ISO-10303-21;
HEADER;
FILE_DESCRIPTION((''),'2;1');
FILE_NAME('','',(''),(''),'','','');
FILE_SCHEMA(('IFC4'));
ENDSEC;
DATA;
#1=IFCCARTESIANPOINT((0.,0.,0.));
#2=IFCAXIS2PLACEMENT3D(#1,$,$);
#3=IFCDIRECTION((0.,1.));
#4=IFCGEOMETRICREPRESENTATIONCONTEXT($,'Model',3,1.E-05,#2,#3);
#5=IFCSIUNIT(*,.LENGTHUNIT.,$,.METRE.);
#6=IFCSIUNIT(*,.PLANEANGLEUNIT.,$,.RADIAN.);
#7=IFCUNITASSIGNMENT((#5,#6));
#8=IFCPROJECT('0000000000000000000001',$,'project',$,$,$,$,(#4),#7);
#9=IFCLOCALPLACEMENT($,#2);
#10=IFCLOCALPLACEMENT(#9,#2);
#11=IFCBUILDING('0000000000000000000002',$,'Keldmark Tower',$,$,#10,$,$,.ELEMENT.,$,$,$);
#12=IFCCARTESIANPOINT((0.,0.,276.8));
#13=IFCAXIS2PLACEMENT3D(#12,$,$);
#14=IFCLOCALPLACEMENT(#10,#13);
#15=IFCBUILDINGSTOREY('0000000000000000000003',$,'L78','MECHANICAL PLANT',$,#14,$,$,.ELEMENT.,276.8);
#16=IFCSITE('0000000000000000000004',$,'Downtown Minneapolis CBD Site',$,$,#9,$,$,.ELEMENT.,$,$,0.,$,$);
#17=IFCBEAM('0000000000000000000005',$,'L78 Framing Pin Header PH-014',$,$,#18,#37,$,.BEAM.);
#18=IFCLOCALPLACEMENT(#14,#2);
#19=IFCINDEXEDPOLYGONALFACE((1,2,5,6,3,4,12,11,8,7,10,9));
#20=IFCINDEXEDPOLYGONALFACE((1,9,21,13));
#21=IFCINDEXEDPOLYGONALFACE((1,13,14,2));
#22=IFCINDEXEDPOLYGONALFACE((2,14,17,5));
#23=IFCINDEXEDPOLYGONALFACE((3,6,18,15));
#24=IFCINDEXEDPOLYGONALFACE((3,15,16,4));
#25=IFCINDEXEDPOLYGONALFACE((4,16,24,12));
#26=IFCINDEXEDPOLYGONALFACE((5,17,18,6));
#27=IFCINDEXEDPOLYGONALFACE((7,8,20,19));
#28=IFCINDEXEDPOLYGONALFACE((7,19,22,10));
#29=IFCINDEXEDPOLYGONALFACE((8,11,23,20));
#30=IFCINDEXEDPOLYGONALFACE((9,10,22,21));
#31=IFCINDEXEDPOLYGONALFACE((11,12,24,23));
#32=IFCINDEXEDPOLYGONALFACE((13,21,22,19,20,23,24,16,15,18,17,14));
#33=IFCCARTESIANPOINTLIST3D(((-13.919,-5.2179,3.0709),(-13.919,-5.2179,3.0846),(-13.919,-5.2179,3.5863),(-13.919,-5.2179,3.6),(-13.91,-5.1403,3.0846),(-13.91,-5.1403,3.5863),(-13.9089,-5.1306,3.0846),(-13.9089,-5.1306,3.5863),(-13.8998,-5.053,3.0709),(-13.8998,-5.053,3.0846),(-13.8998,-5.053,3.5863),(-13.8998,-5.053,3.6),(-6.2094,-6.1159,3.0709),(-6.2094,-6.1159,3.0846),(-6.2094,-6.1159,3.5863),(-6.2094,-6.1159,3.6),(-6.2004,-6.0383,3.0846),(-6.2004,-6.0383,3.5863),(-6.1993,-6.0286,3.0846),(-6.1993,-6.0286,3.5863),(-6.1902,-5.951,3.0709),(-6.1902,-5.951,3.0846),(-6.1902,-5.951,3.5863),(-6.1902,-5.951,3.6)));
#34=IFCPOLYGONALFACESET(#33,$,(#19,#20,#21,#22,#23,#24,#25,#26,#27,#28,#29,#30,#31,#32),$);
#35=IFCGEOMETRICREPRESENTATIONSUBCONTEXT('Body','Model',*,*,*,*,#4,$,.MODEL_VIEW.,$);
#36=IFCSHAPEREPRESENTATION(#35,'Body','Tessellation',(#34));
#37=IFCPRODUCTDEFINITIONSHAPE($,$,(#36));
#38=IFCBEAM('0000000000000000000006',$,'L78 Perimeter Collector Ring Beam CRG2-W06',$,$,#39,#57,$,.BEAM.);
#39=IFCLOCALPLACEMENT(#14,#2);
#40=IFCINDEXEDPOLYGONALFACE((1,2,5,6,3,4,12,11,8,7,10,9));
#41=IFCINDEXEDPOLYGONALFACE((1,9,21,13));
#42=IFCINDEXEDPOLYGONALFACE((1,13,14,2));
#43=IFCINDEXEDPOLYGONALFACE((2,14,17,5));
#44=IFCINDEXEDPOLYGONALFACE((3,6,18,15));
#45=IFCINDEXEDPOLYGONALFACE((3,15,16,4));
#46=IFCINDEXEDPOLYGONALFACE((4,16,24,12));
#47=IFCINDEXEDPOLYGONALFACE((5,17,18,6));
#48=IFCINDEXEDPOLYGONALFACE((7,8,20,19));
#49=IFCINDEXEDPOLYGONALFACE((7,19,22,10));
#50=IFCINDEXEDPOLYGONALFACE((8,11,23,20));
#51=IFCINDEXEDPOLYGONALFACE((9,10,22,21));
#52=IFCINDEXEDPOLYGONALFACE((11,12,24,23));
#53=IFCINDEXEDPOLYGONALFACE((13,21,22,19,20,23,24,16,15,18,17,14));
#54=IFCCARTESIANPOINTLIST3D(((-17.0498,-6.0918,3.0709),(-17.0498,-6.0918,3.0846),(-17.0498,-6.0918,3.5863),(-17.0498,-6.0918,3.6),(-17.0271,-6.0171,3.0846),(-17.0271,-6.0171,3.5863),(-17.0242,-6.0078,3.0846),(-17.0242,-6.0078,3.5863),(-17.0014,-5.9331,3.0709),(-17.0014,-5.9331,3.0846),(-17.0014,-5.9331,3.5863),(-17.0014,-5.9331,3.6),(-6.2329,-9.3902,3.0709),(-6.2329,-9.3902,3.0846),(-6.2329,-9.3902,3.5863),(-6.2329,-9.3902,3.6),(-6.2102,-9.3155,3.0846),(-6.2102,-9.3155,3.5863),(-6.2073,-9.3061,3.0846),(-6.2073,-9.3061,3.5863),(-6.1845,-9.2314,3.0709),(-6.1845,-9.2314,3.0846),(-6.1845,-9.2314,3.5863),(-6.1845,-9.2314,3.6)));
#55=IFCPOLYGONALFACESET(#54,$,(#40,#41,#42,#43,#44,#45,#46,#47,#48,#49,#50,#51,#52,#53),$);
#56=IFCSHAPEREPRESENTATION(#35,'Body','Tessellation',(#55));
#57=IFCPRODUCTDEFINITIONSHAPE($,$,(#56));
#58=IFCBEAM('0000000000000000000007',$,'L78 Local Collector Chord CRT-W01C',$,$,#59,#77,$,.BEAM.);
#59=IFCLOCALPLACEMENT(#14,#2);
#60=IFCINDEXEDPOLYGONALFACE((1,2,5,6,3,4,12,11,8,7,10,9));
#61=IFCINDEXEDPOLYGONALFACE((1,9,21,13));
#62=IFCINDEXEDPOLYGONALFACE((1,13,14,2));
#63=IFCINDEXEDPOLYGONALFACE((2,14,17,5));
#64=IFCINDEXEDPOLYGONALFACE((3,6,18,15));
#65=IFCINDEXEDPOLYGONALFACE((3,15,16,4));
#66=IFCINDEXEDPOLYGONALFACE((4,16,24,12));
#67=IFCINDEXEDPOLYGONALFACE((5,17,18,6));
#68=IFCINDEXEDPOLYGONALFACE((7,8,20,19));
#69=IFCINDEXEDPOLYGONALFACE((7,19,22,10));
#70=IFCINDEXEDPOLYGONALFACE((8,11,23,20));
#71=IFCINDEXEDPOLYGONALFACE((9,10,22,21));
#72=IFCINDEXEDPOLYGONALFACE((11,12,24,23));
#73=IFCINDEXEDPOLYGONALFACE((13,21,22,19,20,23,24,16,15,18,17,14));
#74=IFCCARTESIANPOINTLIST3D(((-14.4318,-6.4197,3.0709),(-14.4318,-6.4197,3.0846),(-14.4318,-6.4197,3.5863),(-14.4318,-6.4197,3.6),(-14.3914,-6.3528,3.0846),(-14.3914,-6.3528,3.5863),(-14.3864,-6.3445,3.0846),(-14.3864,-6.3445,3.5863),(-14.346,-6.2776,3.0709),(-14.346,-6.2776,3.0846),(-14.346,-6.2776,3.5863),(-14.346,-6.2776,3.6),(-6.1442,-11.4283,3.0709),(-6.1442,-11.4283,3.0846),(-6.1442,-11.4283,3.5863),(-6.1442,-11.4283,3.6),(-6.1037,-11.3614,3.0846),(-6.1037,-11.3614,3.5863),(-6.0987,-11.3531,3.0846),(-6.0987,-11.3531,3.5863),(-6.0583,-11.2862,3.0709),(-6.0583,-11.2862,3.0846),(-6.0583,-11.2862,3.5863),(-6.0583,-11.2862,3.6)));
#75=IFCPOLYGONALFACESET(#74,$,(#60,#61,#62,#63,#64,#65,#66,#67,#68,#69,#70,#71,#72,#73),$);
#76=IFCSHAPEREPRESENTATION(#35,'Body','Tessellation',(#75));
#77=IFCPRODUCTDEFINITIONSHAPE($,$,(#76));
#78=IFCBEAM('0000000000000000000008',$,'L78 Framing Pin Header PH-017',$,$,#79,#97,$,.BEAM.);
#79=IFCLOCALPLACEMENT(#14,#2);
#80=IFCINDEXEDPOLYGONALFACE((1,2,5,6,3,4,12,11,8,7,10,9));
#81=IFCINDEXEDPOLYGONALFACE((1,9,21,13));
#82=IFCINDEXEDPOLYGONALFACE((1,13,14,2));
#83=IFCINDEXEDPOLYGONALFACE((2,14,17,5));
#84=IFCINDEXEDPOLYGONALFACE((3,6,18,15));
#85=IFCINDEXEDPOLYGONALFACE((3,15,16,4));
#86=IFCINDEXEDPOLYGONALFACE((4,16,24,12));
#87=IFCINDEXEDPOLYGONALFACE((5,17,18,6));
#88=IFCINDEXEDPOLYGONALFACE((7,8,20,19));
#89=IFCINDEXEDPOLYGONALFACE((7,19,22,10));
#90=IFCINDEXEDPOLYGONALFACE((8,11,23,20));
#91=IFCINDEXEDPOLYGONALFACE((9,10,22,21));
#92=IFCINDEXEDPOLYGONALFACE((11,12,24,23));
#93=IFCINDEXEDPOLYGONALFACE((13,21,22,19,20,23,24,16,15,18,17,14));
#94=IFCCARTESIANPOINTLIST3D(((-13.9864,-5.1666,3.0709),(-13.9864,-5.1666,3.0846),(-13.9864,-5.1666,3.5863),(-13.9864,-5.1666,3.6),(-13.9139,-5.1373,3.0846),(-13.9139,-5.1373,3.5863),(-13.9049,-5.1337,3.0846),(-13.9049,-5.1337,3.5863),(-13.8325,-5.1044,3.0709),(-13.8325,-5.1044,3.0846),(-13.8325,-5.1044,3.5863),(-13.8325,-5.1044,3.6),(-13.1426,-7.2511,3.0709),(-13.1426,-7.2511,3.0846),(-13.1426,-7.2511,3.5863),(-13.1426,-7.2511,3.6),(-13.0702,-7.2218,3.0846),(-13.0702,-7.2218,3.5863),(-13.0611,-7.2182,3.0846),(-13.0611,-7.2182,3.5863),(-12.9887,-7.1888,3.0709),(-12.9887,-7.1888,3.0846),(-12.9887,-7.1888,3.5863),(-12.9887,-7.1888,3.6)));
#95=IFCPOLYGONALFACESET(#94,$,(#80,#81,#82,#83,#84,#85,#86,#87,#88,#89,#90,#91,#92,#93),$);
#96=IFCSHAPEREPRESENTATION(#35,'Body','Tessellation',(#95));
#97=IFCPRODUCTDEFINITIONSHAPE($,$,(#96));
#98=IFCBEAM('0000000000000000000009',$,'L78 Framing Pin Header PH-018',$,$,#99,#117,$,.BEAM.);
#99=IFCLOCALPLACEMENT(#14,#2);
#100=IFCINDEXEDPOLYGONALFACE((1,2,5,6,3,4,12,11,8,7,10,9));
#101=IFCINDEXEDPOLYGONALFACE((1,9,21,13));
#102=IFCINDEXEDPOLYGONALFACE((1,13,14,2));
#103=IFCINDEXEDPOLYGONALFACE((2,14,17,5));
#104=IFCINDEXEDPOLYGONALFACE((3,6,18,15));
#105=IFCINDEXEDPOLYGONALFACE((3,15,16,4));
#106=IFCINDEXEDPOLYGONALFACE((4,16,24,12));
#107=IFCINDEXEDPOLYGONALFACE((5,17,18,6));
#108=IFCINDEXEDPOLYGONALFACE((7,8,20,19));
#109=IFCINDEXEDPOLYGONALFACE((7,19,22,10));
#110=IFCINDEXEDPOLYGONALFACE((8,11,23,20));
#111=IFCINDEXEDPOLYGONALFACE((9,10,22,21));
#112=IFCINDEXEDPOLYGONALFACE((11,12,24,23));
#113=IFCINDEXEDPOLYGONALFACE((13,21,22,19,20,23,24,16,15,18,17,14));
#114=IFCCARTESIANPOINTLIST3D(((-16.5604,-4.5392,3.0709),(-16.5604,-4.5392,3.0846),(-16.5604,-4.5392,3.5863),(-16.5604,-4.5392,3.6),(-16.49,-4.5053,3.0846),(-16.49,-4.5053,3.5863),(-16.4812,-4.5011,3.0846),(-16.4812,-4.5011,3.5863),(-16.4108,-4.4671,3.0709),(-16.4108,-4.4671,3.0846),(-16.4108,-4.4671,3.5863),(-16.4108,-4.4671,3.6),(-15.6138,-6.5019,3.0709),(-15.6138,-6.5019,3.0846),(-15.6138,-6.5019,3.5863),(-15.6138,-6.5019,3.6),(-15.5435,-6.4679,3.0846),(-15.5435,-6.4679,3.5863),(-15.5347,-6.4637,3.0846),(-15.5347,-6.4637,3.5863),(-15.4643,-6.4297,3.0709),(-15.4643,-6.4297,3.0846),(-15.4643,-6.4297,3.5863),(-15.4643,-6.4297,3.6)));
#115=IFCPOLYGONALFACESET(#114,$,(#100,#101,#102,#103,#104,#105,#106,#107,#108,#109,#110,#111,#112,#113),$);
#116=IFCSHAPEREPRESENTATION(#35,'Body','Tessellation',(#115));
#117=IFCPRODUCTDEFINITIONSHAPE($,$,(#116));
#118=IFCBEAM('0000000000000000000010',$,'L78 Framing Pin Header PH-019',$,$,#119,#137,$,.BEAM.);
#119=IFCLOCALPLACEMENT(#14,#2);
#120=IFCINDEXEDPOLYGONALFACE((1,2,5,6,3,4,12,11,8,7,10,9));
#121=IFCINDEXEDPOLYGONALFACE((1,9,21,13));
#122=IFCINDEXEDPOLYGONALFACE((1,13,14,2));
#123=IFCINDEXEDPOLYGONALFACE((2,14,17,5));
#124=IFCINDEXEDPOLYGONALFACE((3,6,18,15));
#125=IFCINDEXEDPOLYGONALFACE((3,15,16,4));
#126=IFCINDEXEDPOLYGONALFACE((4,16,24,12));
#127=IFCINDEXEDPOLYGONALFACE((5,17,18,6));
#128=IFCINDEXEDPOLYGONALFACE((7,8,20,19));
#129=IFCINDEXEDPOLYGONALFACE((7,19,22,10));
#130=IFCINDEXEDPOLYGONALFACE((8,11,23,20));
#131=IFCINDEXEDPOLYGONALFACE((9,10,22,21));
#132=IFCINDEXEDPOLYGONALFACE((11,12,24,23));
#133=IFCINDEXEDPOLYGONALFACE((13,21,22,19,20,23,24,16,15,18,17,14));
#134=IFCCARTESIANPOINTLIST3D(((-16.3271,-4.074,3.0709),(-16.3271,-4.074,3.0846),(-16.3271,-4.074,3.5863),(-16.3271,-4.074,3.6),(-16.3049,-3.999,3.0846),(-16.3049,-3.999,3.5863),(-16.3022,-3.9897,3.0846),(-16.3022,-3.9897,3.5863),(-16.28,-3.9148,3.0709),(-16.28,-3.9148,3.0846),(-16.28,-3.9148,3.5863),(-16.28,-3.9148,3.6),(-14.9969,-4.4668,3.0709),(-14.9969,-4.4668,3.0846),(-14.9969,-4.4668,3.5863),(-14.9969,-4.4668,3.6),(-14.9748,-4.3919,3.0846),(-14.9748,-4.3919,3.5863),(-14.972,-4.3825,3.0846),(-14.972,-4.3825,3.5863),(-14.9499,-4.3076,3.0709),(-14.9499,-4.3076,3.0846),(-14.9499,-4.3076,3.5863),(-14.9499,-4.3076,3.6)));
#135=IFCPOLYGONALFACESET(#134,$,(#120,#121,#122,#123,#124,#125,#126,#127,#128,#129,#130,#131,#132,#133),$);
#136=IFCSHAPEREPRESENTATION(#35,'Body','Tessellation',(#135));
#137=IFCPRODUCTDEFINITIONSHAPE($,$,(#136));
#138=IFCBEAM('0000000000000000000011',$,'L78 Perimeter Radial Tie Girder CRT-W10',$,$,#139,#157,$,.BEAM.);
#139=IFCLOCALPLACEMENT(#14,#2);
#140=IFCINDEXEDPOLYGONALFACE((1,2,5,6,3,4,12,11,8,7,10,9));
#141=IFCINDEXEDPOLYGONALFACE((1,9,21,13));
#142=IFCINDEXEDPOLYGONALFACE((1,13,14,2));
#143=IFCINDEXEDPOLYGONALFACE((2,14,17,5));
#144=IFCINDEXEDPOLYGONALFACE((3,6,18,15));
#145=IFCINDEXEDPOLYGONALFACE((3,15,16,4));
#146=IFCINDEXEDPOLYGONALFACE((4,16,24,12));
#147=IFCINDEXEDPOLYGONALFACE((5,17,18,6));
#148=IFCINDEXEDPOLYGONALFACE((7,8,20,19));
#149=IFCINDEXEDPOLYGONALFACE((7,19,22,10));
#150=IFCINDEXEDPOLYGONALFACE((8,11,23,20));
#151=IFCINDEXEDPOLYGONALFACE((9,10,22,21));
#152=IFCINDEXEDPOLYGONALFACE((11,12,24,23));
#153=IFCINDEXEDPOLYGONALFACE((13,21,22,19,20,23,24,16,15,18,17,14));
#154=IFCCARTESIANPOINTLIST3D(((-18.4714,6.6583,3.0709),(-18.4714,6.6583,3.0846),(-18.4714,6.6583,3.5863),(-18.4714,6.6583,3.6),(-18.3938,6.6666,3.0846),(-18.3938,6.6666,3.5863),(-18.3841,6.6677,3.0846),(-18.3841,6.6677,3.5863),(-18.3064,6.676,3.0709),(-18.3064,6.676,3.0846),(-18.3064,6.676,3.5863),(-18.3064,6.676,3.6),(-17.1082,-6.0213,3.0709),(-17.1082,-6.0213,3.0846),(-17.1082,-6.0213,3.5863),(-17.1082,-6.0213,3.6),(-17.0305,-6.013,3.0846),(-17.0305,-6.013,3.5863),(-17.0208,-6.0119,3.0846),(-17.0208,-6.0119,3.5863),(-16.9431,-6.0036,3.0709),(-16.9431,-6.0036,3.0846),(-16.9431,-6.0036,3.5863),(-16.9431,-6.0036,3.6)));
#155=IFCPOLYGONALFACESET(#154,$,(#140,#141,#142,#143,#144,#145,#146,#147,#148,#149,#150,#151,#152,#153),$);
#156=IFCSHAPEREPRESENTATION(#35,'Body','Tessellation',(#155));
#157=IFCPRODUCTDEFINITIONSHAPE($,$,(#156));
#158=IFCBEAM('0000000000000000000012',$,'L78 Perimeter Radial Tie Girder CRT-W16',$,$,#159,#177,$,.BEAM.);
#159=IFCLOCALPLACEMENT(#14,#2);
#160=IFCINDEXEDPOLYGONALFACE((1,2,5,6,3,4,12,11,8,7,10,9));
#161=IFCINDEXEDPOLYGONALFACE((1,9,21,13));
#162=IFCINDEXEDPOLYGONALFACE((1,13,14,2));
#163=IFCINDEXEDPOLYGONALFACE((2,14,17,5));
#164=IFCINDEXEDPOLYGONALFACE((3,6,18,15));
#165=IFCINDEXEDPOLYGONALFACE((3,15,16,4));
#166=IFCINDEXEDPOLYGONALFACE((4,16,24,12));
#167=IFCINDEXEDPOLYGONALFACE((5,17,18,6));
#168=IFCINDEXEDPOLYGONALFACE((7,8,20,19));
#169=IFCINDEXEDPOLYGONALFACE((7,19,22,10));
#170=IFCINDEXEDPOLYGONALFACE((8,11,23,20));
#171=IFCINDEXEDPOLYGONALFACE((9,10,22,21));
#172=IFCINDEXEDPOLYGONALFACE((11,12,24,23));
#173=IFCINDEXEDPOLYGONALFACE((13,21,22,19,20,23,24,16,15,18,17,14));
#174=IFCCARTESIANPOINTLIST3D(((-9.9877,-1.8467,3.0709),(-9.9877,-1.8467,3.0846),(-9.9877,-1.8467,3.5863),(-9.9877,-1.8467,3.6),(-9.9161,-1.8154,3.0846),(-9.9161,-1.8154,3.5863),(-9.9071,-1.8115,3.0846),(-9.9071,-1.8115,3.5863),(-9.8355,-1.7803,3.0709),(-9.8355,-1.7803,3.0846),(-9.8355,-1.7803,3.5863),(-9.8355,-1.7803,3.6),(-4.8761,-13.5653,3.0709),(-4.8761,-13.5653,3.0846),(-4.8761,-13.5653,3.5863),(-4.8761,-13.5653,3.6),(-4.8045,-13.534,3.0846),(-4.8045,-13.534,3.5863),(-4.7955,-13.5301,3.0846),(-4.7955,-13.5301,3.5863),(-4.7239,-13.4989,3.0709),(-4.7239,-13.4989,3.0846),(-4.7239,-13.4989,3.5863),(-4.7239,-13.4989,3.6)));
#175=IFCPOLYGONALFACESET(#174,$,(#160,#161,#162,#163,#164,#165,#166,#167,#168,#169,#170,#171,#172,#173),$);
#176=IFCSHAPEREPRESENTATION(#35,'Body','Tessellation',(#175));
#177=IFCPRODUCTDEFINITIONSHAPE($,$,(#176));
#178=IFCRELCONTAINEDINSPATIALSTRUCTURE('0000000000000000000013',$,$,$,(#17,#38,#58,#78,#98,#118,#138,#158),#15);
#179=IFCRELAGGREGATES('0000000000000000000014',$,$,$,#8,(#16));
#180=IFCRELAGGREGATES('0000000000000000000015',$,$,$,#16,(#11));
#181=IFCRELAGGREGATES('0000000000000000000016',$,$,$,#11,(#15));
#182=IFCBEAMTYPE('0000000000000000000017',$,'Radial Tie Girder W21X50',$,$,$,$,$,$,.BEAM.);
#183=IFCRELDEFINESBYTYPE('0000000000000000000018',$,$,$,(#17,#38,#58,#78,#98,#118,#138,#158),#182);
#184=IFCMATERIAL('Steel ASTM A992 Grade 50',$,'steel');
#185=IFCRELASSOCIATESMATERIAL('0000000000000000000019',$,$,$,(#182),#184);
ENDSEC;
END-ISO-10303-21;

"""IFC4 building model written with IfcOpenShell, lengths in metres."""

from ifc_helpers import new_model, si_unit, direction, frame, origin, origin_2d, place, context, subcontext, project, spatial, i_section, extrude, material, material_profile, profile_set, type_object, element, save


model = new_model("IFC4")

# Units and contexts
model_context = context("Model", 3, precision=1e-05, world=origin(), true_north=direction((0.0, 1.0)))
body_context = subcontext(model_context, "Body", "Model", "MODEL_VIEW")
ifc_project = project(units=[si_unit("LENGTHUNIT", "METRE"), si_unit("PLANEANGLEUNIT", "RADIAN")], contexts=[model_context])

# Site, building, storey
site_placement = place(None, origin())
site = spatial("IfcSite", under=ifc_project, at=site_placement, Name="Downtown Minneapolis CBD Site", CompositionType="ELEMENT", RefElevation=0.0)
building_placement = place(site_placement, origin())
building = spatial("IfcBuilding", under=site, at=building_placement, Name="Keldmark Tower", CompositionType="ELEMENT")
storey_placement = place(building_placement, frame((0.0, 0.0, 276.8)))
storey = spatial("IfcBuildingStorey", under=building, at=storey_placement, Name="L78", Description="MECHANICAL PLANT", CompositionType="ELEMENT", Elevation=276.8)

# Beams
ifc_material_1 = material(Name="Steel ASTM A992 Grade 50", Category="steel")
ifc_material_profile_1 = material_profile(ifc_material_1, i_section(OverallWidth=0.166, OverallDepth=0.5291, WebThickness=0.0098, FlangeThickness=0.0137, at=origin_2d()), Name="W21X50")
ifc_profile_set_1 = profile_set([ifc_material_profile_1], Name="Steel ASTM A992 Grade 50")
beam_type_1 = type_object("IfcBeamType", Name="Radial Tie Girder W21X50", PredefinedType="BEAM", material=ifc_profile_set_1)
beam_1_placement = place(storey_placement, frame((-13.9094, -5.1355, 3.3354), z_axis=(0.993286, -0.115688, 0.0), x_axis=(0.115688, 0.993286, 0.0)))
element("IfcBeam", 1, at=beam_1_placement, inside=storey, type_object=beam_type_1, Name="L78 Framing Pin Header PH-014", PredefinedType="BEAM", context=body_context, shape_type="SweptSolid", body=[
    extrude(i_section(OverallWidth=0.166, OverallDepth=0.5291, WebThickness=0.0098, FlangeThickness=0.0137, at=origin_2d()), origin(), (0.0, 0.0, 1.0), 7.7617),
])
beam_2_placement = place(storey_placement, frame((-17.0256, -6.0125, 3.3354), z_axis=(0.95652, -0.291667, 0.0), x_axis=(0.291667, 0.95652, 0.0)))
element("IfcBeam", 2, at=beam_2_placement, inside=storey, type_object=beam_type_1, Name="L78 Perimeter Collector Ring Beam CRG2-W06", PredefinedType="BEAM", context=body_context, shape_type="SweptSolid", body=[
    extrude(i_section(OverallWidth=0.166, OverallDepth=0.5291, WebThickness=0.0098, FlangeThickness=0.0137, at=origin_2d()), origin(), (0.0, 0.0, 1.0), 11.3086),
])
beam_3_placement = place(storey_placement, frame((-14.3889, -6.3486, 3.3354), z_axis=(0.855849, -0.517226, 0.0), x_axis=(0.517226, 0.855849, 0.0)))
element("IfcBeam", 3, at=beam_3_placement, inside=storey, type_object=beam_type_1, Name="L78 Local Collector Chord CRT-W01C", PredefinedType="BEAM", context=body_context, shape_type="SweptSolid", body=[
    extrude(i_section(OverallWidth=0.166, OverallDepth=0.5291, WebThickness=0.0098, FlangeThickness=0.0137, at=origin_2d()), origin(), (0.0, 0.0, 1.0), 9.6836),
])
beam_4_placement = place(storey_placement, frame((-13.9094, -5.1355, 3.3354), z_axis=(0.375206, -0.926941, 0.0), x_axis=(0.926941, 0.375206, 0.0)))
element("IfcBeam", 4, at=beam_4_placement, inside=storey, type_object=beam_type_1, Name="L78 Framing Pin Header PH-017", PredefinedType="BEAM", context=body_context, shape_type="SweptSolid", body=[
    extrude(i_section(OverallWidth=0.166, OverallDepth=0.5291, WebThickness=0.0098, FlangeThickness=0.0137, at=origin_2d()), origin(), (0.0, 0.0, 1.0), 2.2488),
])
beam_5_placement = place(storey_placement, frame((-16.4856, -4.5032, 3.3354), z_axis=(0.434395, -0.900722, 0.0), x_axis=(0.900722, 0.434395, 0.0)))
element("IfcBeam", 5, at=beam_5_placement, inside=storey, type_object=beam_type_1, Name="L78 Framing Pin Header PH-018", PredefinedType="BEAM", context=body_context, shape_type="SweptSolid", body=[
    extrude(i_section(OverallWidth=0.166, OverallDepth=0.5291, WebThickness=0.0098, FlangeThickness=0.0137, at=origin_2d()), origin(), (0.0, 0.0, 1.0), 2.179),
])
beam_6_placement = place(storey_placement, frame((-14.9734, -4.3872, 3.3354), z_axis=(-0.959048, 0.283243, 0.0), x_axis=(-0.283243, -0.959048, 0.0)))
element("IfcBeam", 6, at=beam_6_placement, inside=storey, type_object=beam_type_1, Name="L78 Framing Pin Header PH-019", PredefinedType="BEAM", context=body_context, shape_type="SweptSolid", body=[
    extrude(i_section(OverallWidth=0.166, OverallDepth=0.5291, WebThickness=0.0098, FlangeThickness=0.0137, at=origin_2d()), origin(), (0.0, 0.0, 1.0), 1.387),
])
beam_7_placement = place(storey_placement, frame((-17.0256, -6.0125, 3.3354), z_axis=(-0.106901, 0.99427, 0.0), x_axis=(-0.99427, -0.106901, 0.0)))
element("IfcBeam", 7, at=beam_7_placement, inside=storey, type_object=beam_type_1, Name="L78 Perimeter Radial Tie Girder CRT-W10", PredefinedType="BEAM", context=body_context, shape_type="SweptSolid", body=[
    extrude(i_section(OverallWidth=0.166, OverallDepth=0.5291, WebThickness=0.0098, FlangeThickness=0.0137, at=origin_2d()), origin(), (0.0, 0.0, 1.0), 12.7527),
])
beam_8_placement = place(storey_placement, frame((-9.9116, -1.8135, 3.3354), z_axis=(0.399816, -0.916595, 0.0), x_axis=(0.916595, 0.399816, 0.0)))
element("IfcBeam", 8, at=beam_8_placement, inside=storey, type_object=beam_type_1, Name="L78 Perimeter Radial Tie Girder CRT-W16", PredefinedType="BEAM", context=body_context, shape_type="SweptSolid", body=[
    extrude(i_section(OverallWidth=0.166, OverallDepth=0.5291, WebThickness=0.0098, FlangeThickness=0.0137, at=origin_2d()), origin(), (0.0, 0.0, 1.0), 12.7849),
])

save(model, "model.ifc")
